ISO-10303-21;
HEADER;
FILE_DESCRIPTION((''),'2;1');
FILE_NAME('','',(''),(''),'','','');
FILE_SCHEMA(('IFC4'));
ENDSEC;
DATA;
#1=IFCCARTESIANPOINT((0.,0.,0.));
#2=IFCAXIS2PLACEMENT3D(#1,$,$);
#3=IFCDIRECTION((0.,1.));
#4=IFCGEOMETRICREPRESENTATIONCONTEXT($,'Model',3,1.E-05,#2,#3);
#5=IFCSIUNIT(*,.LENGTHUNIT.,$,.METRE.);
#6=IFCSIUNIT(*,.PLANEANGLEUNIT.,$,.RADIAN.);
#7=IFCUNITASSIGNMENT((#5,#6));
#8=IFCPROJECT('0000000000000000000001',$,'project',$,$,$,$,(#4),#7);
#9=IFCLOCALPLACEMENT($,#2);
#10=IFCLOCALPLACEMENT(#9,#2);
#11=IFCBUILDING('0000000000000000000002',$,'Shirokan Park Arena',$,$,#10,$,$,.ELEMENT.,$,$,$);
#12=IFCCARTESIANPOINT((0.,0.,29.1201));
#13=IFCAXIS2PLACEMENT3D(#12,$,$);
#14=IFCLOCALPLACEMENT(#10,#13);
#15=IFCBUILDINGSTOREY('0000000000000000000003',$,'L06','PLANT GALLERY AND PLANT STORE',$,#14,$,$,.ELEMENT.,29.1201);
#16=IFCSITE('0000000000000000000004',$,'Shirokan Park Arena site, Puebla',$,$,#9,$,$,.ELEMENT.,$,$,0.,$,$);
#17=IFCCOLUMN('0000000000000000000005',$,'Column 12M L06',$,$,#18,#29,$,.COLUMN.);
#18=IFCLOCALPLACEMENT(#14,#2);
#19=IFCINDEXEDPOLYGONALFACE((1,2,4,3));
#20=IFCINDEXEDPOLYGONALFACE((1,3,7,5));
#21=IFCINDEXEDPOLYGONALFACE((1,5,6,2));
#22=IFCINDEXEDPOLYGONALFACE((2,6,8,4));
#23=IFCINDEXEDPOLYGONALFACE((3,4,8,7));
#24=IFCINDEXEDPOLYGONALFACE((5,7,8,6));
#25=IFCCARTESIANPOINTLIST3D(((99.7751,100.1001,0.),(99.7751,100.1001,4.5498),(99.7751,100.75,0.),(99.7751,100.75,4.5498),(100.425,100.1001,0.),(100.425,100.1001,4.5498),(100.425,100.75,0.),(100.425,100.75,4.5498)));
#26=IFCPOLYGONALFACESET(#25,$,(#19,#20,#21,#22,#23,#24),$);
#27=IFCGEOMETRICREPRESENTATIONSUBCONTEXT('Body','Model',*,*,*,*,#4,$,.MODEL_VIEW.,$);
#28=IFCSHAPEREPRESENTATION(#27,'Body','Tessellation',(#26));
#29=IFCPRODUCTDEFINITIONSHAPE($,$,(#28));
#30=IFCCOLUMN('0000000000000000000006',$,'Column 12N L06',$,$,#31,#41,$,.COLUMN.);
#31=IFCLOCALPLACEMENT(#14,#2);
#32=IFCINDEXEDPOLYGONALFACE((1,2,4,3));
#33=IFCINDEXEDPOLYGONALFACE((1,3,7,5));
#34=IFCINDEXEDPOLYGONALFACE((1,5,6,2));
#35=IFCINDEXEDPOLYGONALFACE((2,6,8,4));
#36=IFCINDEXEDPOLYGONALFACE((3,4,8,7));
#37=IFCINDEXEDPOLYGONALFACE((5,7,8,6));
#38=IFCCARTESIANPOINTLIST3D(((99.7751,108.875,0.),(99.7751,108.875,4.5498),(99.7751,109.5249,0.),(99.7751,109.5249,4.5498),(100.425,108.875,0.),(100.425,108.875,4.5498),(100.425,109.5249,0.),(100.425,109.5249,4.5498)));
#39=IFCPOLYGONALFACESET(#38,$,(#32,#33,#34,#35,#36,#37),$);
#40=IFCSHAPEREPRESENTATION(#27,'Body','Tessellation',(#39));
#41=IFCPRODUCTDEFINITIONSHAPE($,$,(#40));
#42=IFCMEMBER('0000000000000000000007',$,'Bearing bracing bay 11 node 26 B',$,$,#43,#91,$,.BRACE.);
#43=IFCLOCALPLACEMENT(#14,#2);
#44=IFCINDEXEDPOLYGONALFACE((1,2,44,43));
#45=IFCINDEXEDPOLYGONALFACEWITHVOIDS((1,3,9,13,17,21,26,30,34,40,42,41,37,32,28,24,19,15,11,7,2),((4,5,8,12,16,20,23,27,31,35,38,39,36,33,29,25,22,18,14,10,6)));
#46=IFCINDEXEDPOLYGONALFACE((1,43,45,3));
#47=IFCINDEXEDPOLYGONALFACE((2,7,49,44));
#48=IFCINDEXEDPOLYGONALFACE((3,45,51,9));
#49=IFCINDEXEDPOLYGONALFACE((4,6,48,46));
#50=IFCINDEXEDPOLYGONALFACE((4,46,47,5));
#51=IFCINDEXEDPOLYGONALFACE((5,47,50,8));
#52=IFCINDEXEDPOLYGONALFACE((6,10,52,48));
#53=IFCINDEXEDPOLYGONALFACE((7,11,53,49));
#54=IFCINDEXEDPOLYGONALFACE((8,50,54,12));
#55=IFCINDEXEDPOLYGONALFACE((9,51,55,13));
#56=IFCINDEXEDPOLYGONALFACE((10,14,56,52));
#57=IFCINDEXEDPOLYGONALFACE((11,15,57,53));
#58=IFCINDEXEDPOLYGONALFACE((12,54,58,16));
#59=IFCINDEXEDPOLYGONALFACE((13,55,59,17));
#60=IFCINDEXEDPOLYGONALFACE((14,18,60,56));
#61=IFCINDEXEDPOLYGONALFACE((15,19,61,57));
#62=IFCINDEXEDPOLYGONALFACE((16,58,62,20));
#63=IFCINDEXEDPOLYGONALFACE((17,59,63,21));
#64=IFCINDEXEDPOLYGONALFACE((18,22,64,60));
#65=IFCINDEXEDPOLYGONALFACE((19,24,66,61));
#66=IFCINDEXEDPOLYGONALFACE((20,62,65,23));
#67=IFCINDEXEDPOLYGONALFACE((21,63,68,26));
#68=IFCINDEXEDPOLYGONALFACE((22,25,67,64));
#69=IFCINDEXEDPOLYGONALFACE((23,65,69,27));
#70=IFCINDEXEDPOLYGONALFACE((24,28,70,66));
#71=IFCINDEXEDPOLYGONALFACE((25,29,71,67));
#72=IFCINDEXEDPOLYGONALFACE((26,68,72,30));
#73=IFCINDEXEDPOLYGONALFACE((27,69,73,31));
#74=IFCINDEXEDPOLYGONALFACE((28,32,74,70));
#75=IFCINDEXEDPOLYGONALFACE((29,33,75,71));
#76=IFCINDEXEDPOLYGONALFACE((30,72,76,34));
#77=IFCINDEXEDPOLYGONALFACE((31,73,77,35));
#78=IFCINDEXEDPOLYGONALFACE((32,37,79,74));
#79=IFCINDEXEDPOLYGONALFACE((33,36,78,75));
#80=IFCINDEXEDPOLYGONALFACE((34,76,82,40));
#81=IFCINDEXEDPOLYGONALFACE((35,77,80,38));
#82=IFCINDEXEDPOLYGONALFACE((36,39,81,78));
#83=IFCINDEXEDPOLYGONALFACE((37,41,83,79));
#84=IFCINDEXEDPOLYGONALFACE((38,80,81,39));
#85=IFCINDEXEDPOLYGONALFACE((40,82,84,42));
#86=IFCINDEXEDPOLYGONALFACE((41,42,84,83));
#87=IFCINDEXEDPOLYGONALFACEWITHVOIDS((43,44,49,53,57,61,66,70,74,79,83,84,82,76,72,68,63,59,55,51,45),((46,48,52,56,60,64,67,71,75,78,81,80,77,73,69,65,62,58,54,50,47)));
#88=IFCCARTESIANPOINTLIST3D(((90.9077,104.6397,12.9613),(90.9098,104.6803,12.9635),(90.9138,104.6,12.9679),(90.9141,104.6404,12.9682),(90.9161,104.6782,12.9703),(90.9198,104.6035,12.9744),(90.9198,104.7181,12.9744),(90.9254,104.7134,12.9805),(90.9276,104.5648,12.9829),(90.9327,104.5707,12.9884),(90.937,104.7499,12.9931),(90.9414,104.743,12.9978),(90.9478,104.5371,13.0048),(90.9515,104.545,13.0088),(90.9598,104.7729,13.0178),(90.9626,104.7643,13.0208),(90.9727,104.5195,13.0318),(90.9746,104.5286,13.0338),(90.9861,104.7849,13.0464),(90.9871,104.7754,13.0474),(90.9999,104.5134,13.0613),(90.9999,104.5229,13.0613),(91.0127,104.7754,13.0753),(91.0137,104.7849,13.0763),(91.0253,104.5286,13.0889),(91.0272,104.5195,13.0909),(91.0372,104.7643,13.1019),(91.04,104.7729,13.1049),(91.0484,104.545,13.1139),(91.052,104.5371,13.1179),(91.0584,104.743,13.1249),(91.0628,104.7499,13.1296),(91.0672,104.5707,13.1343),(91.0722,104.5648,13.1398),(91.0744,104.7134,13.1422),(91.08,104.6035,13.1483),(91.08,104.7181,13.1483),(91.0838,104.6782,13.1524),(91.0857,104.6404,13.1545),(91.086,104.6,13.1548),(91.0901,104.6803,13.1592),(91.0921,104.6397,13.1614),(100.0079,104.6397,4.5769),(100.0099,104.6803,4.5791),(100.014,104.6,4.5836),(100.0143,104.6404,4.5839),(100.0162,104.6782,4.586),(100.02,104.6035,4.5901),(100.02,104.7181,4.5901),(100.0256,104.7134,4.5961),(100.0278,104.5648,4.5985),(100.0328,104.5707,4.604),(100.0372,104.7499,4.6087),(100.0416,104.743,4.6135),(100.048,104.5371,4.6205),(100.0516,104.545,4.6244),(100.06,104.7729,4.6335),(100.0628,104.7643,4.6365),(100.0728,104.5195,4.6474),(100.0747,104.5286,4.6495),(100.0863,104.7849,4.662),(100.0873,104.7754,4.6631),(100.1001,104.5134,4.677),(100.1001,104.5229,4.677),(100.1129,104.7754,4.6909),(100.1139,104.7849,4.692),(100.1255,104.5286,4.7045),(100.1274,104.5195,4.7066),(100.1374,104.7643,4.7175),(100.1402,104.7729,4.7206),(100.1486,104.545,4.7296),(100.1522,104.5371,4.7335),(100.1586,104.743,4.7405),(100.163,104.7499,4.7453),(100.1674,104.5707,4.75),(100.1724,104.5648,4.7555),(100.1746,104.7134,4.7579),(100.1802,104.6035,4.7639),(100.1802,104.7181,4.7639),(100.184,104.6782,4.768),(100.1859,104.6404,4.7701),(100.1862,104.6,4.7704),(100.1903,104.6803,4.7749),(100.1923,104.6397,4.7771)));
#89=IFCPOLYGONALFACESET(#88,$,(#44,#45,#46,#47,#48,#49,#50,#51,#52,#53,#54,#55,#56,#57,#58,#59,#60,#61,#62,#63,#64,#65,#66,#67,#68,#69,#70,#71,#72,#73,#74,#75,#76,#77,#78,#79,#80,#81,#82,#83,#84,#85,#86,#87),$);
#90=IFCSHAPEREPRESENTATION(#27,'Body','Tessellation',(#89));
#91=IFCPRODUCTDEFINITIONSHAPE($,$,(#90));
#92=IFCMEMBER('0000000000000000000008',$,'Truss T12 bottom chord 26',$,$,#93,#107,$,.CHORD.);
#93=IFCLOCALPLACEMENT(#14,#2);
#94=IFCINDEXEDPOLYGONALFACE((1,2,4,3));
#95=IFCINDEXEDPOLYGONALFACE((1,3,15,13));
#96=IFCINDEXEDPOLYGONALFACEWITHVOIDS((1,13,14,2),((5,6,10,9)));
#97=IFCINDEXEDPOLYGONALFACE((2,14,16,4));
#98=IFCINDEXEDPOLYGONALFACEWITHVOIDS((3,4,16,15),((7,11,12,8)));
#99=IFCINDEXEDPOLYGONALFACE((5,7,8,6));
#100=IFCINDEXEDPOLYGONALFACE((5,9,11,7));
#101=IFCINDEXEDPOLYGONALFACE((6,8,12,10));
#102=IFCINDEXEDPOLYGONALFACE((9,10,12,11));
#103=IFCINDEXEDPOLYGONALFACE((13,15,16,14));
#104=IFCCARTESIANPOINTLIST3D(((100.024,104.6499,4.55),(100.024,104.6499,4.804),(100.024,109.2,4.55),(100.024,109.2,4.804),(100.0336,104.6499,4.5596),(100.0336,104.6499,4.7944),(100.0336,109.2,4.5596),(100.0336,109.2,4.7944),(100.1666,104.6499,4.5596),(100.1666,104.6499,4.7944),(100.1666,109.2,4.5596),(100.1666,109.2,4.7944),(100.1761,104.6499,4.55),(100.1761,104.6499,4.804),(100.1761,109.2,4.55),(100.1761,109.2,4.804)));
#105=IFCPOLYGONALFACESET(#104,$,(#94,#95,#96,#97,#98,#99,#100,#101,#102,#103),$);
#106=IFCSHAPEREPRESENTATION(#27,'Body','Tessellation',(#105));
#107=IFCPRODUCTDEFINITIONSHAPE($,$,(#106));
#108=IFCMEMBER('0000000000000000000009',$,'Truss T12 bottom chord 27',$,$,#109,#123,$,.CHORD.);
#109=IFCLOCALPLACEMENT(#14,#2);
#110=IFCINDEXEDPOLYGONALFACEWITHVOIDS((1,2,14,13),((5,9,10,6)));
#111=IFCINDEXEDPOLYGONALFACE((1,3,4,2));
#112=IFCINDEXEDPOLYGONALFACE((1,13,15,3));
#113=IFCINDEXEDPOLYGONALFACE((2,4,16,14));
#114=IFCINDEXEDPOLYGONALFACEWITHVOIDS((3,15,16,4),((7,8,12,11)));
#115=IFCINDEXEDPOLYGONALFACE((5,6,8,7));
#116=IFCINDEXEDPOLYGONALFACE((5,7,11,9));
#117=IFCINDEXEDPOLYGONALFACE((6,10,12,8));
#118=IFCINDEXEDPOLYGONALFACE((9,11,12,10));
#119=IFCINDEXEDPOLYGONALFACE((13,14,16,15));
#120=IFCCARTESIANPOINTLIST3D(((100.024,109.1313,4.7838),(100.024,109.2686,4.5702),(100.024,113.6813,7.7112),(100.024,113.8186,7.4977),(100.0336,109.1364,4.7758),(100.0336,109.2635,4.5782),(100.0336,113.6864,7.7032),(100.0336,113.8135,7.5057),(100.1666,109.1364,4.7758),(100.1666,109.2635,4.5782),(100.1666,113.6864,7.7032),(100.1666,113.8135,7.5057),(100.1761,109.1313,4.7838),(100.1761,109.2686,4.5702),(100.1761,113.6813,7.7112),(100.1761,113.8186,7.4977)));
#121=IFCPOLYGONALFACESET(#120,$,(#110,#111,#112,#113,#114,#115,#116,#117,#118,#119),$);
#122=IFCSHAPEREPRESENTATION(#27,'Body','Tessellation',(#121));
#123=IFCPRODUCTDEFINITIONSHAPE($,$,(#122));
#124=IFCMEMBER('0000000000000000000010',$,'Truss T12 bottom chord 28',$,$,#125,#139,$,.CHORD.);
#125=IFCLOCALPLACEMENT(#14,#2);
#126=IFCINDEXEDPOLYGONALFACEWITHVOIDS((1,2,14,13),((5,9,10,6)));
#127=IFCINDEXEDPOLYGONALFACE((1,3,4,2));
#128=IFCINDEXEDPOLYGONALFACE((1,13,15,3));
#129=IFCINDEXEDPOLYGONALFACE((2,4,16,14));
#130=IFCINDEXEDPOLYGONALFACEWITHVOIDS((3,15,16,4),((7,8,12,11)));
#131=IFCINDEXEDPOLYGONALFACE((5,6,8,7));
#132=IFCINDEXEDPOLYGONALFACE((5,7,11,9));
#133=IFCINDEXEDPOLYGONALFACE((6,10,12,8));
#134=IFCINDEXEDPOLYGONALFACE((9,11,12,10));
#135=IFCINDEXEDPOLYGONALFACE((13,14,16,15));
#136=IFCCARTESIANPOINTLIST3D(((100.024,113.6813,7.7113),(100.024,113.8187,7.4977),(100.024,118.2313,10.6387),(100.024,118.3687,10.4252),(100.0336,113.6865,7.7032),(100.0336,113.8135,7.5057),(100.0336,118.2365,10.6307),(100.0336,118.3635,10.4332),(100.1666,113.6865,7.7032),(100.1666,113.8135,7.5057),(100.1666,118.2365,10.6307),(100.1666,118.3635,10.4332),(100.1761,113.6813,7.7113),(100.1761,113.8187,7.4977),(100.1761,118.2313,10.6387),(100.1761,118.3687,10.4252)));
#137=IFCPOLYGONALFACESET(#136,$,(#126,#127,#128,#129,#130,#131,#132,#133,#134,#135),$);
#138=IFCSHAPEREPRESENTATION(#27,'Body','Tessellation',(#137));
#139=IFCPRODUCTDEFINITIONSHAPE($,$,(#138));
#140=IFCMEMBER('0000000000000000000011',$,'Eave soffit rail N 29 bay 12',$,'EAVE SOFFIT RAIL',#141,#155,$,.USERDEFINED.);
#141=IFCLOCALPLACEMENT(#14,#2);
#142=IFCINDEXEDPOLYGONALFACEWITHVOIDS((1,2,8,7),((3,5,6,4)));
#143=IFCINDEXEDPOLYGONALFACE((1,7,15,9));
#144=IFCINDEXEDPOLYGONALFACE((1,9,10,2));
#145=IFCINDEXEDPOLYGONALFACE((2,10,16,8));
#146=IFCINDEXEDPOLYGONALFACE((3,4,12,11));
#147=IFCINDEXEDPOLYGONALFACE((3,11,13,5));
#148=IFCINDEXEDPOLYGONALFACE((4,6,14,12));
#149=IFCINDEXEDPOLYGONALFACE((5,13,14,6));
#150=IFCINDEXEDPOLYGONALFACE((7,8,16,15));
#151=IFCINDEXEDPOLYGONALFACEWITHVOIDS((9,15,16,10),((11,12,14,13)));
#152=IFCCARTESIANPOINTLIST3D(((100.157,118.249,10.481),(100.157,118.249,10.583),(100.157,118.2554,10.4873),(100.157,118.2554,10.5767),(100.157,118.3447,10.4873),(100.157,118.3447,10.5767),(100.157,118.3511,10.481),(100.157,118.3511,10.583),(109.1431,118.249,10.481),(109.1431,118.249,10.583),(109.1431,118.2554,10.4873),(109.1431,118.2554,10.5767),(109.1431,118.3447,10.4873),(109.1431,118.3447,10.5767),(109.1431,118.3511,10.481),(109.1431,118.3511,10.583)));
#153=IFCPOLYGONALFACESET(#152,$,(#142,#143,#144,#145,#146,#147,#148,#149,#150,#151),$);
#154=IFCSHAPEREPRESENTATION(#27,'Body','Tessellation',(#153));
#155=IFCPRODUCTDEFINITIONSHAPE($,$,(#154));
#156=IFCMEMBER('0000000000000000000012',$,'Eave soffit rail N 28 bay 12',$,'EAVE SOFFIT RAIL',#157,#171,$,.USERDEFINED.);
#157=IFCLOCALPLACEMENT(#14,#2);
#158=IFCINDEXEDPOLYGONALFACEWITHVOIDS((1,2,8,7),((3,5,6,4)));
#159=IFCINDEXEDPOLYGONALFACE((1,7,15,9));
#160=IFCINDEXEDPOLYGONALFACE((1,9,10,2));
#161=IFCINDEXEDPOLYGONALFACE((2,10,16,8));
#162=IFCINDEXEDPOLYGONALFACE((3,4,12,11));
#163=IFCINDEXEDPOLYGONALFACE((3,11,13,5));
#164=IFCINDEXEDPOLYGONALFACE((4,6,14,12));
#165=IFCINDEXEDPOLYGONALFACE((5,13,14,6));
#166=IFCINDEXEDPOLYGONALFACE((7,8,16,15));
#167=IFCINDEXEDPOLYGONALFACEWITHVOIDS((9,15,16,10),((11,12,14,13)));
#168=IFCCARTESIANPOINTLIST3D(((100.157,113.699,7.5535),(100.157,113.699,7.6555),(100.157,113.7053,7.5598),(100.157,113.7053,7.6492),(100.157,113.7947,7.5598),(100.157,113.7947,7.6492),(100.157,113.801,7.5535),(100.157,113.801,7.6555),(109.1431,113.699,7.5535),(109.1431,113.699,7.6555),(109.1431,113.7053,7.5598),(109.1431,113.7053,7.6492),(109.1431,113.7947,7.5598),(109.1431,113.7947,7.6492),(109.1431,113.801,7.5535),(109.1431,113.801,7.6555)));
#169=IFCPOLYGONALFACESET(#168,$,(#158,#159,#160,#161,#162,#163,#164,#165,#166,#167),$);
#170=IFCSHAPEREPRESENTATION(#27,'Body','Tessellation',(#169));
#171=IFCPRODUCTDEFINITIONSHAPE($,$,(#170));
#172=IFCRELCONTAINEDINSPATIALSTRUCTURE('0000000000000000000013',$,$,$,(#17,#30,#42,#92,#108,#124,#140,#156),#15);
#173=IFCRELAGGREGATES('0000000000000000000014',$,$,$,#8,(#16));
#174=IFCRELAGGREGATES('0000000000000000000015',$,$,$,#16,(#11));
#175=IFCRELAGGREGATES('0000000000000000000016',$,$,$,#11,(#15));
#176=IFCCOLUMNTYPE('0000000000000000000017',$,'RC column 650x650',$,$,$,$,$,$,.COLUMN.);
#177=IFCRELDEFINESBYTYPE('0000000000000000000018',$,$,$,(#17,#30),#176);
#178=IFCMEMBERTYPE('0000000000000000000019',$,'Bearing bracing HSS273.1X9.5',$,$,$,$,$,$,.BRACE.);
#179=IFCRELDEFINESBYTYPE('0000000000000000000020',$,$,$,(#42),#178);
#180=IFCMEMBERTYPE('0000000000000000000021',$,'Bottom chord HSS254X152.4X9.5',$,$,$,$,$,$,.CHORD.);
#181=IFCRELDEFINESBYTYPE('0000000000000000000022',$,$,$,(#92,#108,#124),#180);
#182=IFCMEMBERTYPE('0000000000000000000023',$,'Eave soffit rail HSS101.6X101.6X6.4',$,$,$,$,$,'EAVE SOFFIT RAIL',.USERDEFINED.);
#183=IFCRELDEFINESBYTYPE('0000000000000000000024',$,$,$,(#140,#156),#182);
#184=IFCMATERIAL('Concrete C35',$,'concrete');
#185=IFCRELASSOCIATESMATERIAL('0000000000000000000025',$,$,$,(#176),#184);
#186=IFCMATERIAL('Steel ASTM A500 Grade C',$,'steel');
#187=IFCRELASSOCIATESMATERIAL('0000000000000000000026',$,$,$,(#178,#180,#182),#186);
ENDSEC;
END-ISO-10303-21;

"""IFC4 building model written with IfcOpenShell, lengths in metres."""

from ifc_helpers import new_model, si_unit, direction, frame, origin, origin_2d, place, context, subcontext, project, spatial, rectangle, hollow_rectangle, hollow_circle, extrude, material, material_profile, profile_set, type_object, element, save


model = new_model("IFC4")

# Units and contexts
model_context = context("Model", 3, precision=1e-05, world=origin(), true_north=direction((0.0, 1.0)))
body_context = subcontext(model_context, "Body", "Model", "MODEL_VIEW")
ifc_project = project(units=[si_unit("LENGTHUNIT", "METRE"), si_unit("PLANEANGLEUNIT", "RADIAN")], contexts=[model_context])

# Site, building, storey
site_placement = place(None, origin())
site = spatial("IfcSite", under=ifc_project, at=site_placement, Name="Shirokan Park Arena site, Puebla", CompositionType="ELEMENT", RefElevation=0.0)
building_placement = place(site_placement, origin())
building = spatial("IfcBuilding", under=site, at=building_placement, Name="Shirokan Park Arena", CompositionType="ELEMENT")
storey_placement = place(building_placement, frame((0.0, 0.0, 29.1201)))
storey = spatial("IfcBuildingStorey", under=building, at=storey_placement, Name="L06", Description="PLANT GALLERY AND PLANT STORE", CompositionType="ELEMENT", Elevation=29.1201)

# Columns
ifc_material_1 = material(Name="Concrete C35", Category="concrete")
ifc_material_profile_1 = material_profile(ifc_material_1, rectangle(XDim=0.6499, YDim=0.6499, at=origin_2d()), Name="650x650")
ifc_profile_set_1 = profile_set([ifc_material_profile_1], Name="Concrete C35")
column_type = type_object("IfcColumnType", Name="RC column 650x650", PredefinedType="COLUMN", material=ifc_profile_set_1)
for number, where, z_axis, x_axis, name in (
    (1, (100.1001, 100.425, 0.0), (0.0, 0.0, 1.0), (1.0, 0.0, 0.0), "Column 12M L06"),
    (2, (100.1001, 109.2, 0.0), (0.0, 0.0, 1.0), (1.0, 0.0, 0.0), "Column 12N L06"),
):
    element("IfcColumn", number, at=place(storey_placement, frame(where, z_axis=z_axis, x_axis=x_axis)), inside=storey, type_object=column_type, Name=name, PredefinedType="COLUMN", context=body_context, shape_type="SweptSolid", body=[
        extrude(rectangle(XDim=0.6499, YDim=0.6499, at=origin_2d()), origin(), (0.0, 0.0, 1.0), 4.5498),
    ])

# Members
ifc_material_2 = material(Name="Steel ASTM A500 Grade C", Category="steel")
ifc_material_profile_2 = material_profile(ifc_material_2, hollow_circle(Radius=0.1365, WallThickness=0.0095, at=origin_2d()), Name="HSS273.1X9.5")
ifc_profile_set_2 = profile_set([ifc_material_profile_2], Name="Steel ASTM A500 Grade C")
member_type_1 = type_object("IfcMemberType", Name="Bearing bracing HSS273.1X9.5", PredefinedType="BRACE", material=ifc_profile_set_2)
member_1_placement = place(storey_placement, frame((100.1001, 104.6499, 4.677), z_axis=(-0.73544, 0.0, 0.67759), x_axis=(0.0, -1.0, 0.0)))
element("IfcMember", 3, at=member_1_placement, inside=storey, type_object=member_type_1, Name="Bearing bracing bay 11 node 26 B", PredefinedType="BRACE", context=body_context, shape_type="SweptSolid", body=[
    extrude(hollow_circle(Radius=0.1365, WallThickness=0.0095, at=origin_2d()), origin(), (0.0, 0.0, 1.0), 12.3738),
])
ifc_material_profile_3 = material_profile(ifc_material_2, hollow_rectangle(XDim=0.1521, YDim=0.2539, WallThickness=0.0095, at=origin_2d()), Name="HSS254X152.4X9.5")
ifc_profile_set_3 = profile_set([ifc_material_profile_3], Name="Steel ASTM A500 Grade C")
member_type_2 = type_object("IfcMemberType", Name="Bottom chord HSS254X152.4X9.5", PredefinedType="CHORD", material=ifc_profile_set_3)
member_2_placement = place(storey_placement, frame((100.1001, 104.6499, 4.677), z_axis=(0.0, 1.0, 0.0), x_axis=(-1.0, 0.0, 0.0)))
element("IfcMember", 4, at=member_2_placement, inside=storey, type_object=member_type_2, Name="Truss T12 bottom chord 26", PredefinedType="CHORD", context=body_context, shape_type="SweptSolid", body=[
    extrude(hollow_rectangle(XDim=0.1521, YDim=0.2539, WallThickness=0.0095, at=origin_2d()), origin(), (0.0, 0.0, 1.0), 4.55),
])
for number, where, z_axis, x_axis, name in (
    (5, (100.1001, 109.2, 4.677), (0.0, 0.840972, 0.541079), (-1.0, 0.0, 0.0), "Truss T12 bottom chord 27"),
    (6, (100.1001, 113.75, 7.6045), (0.0, 0.840972, 0.541079), (-1.0, 0.0, 0.0), "Truss T12 bottom chord 28"),
):
    element("IfcMember", number, at=place(storey_placement, frame(where, z_axis=z_axis, x_axis=x_axis)), inside=storey, type_object=member_type_2, Name=name, PredefinedType="CHORD", context=body_context, shape_type="SweptSolid", body=[
        extrude(hollow_rectangle(XDim=0.1521, YDim=0.2539, WallThickness=0.0095, at=origin_2d()), origin(), (0.0, 0.0, 1.0), 5.4104),
    ])
ifc_material_profile_4 = material_profile(ifc_material_2, hollow_rectangle(XDim=0.1021, YDim=0.1021, WallThickness=0.0063, at=origin_2d()), Name="HSS101.6X101.6X6.4")
ifc_profile_set_4 = profile_set([ifc_material_profile_4], Name="Steel ASTM A500 Grade C")
member_type_3 = type_object("IfcMemberType", Name="Eave soffit rail HSS101.6X101.6X6.4", ElementType="EAVE SOFFIT RAIL", PredefinedType="USERDEFINED", material=ifc_profile_set_4)
for number, where, z_axis, x_axis, name in (
    (7, (100.157, 118.3, 10.532), (1.0, 0.0, 0.0), (0.0, 1.0, 0.0), "Eave soffit rail N 29 bay 12"),
    (8, (100.157, 113.75, 7.6045), (1.0, 0.0, 0.0), (0.0, 1.0, 0.0), "Eave soffit rail N 28 bay 12"),
):
    element("IfcMember", number, at=place(storey_placement, frame(where, z_axis=z_axis, x_axis=x_axis)), inside=storey, type_object=member_type_3, Name=name, ObjectType="EAVE SOFFIT RAIL", PredefinedType="USERDEFINED", context=body_context, shape_type="SweptSolid", body=[
        extrude(hollow_rectangle(XDim=0.1021, YDim=0.1021, WallThickness=0.0063, at=origin_2d()), origin(), (0.0, 0.0, 1.0), 8.9861),
    ])

save(model, "model.ifc")
